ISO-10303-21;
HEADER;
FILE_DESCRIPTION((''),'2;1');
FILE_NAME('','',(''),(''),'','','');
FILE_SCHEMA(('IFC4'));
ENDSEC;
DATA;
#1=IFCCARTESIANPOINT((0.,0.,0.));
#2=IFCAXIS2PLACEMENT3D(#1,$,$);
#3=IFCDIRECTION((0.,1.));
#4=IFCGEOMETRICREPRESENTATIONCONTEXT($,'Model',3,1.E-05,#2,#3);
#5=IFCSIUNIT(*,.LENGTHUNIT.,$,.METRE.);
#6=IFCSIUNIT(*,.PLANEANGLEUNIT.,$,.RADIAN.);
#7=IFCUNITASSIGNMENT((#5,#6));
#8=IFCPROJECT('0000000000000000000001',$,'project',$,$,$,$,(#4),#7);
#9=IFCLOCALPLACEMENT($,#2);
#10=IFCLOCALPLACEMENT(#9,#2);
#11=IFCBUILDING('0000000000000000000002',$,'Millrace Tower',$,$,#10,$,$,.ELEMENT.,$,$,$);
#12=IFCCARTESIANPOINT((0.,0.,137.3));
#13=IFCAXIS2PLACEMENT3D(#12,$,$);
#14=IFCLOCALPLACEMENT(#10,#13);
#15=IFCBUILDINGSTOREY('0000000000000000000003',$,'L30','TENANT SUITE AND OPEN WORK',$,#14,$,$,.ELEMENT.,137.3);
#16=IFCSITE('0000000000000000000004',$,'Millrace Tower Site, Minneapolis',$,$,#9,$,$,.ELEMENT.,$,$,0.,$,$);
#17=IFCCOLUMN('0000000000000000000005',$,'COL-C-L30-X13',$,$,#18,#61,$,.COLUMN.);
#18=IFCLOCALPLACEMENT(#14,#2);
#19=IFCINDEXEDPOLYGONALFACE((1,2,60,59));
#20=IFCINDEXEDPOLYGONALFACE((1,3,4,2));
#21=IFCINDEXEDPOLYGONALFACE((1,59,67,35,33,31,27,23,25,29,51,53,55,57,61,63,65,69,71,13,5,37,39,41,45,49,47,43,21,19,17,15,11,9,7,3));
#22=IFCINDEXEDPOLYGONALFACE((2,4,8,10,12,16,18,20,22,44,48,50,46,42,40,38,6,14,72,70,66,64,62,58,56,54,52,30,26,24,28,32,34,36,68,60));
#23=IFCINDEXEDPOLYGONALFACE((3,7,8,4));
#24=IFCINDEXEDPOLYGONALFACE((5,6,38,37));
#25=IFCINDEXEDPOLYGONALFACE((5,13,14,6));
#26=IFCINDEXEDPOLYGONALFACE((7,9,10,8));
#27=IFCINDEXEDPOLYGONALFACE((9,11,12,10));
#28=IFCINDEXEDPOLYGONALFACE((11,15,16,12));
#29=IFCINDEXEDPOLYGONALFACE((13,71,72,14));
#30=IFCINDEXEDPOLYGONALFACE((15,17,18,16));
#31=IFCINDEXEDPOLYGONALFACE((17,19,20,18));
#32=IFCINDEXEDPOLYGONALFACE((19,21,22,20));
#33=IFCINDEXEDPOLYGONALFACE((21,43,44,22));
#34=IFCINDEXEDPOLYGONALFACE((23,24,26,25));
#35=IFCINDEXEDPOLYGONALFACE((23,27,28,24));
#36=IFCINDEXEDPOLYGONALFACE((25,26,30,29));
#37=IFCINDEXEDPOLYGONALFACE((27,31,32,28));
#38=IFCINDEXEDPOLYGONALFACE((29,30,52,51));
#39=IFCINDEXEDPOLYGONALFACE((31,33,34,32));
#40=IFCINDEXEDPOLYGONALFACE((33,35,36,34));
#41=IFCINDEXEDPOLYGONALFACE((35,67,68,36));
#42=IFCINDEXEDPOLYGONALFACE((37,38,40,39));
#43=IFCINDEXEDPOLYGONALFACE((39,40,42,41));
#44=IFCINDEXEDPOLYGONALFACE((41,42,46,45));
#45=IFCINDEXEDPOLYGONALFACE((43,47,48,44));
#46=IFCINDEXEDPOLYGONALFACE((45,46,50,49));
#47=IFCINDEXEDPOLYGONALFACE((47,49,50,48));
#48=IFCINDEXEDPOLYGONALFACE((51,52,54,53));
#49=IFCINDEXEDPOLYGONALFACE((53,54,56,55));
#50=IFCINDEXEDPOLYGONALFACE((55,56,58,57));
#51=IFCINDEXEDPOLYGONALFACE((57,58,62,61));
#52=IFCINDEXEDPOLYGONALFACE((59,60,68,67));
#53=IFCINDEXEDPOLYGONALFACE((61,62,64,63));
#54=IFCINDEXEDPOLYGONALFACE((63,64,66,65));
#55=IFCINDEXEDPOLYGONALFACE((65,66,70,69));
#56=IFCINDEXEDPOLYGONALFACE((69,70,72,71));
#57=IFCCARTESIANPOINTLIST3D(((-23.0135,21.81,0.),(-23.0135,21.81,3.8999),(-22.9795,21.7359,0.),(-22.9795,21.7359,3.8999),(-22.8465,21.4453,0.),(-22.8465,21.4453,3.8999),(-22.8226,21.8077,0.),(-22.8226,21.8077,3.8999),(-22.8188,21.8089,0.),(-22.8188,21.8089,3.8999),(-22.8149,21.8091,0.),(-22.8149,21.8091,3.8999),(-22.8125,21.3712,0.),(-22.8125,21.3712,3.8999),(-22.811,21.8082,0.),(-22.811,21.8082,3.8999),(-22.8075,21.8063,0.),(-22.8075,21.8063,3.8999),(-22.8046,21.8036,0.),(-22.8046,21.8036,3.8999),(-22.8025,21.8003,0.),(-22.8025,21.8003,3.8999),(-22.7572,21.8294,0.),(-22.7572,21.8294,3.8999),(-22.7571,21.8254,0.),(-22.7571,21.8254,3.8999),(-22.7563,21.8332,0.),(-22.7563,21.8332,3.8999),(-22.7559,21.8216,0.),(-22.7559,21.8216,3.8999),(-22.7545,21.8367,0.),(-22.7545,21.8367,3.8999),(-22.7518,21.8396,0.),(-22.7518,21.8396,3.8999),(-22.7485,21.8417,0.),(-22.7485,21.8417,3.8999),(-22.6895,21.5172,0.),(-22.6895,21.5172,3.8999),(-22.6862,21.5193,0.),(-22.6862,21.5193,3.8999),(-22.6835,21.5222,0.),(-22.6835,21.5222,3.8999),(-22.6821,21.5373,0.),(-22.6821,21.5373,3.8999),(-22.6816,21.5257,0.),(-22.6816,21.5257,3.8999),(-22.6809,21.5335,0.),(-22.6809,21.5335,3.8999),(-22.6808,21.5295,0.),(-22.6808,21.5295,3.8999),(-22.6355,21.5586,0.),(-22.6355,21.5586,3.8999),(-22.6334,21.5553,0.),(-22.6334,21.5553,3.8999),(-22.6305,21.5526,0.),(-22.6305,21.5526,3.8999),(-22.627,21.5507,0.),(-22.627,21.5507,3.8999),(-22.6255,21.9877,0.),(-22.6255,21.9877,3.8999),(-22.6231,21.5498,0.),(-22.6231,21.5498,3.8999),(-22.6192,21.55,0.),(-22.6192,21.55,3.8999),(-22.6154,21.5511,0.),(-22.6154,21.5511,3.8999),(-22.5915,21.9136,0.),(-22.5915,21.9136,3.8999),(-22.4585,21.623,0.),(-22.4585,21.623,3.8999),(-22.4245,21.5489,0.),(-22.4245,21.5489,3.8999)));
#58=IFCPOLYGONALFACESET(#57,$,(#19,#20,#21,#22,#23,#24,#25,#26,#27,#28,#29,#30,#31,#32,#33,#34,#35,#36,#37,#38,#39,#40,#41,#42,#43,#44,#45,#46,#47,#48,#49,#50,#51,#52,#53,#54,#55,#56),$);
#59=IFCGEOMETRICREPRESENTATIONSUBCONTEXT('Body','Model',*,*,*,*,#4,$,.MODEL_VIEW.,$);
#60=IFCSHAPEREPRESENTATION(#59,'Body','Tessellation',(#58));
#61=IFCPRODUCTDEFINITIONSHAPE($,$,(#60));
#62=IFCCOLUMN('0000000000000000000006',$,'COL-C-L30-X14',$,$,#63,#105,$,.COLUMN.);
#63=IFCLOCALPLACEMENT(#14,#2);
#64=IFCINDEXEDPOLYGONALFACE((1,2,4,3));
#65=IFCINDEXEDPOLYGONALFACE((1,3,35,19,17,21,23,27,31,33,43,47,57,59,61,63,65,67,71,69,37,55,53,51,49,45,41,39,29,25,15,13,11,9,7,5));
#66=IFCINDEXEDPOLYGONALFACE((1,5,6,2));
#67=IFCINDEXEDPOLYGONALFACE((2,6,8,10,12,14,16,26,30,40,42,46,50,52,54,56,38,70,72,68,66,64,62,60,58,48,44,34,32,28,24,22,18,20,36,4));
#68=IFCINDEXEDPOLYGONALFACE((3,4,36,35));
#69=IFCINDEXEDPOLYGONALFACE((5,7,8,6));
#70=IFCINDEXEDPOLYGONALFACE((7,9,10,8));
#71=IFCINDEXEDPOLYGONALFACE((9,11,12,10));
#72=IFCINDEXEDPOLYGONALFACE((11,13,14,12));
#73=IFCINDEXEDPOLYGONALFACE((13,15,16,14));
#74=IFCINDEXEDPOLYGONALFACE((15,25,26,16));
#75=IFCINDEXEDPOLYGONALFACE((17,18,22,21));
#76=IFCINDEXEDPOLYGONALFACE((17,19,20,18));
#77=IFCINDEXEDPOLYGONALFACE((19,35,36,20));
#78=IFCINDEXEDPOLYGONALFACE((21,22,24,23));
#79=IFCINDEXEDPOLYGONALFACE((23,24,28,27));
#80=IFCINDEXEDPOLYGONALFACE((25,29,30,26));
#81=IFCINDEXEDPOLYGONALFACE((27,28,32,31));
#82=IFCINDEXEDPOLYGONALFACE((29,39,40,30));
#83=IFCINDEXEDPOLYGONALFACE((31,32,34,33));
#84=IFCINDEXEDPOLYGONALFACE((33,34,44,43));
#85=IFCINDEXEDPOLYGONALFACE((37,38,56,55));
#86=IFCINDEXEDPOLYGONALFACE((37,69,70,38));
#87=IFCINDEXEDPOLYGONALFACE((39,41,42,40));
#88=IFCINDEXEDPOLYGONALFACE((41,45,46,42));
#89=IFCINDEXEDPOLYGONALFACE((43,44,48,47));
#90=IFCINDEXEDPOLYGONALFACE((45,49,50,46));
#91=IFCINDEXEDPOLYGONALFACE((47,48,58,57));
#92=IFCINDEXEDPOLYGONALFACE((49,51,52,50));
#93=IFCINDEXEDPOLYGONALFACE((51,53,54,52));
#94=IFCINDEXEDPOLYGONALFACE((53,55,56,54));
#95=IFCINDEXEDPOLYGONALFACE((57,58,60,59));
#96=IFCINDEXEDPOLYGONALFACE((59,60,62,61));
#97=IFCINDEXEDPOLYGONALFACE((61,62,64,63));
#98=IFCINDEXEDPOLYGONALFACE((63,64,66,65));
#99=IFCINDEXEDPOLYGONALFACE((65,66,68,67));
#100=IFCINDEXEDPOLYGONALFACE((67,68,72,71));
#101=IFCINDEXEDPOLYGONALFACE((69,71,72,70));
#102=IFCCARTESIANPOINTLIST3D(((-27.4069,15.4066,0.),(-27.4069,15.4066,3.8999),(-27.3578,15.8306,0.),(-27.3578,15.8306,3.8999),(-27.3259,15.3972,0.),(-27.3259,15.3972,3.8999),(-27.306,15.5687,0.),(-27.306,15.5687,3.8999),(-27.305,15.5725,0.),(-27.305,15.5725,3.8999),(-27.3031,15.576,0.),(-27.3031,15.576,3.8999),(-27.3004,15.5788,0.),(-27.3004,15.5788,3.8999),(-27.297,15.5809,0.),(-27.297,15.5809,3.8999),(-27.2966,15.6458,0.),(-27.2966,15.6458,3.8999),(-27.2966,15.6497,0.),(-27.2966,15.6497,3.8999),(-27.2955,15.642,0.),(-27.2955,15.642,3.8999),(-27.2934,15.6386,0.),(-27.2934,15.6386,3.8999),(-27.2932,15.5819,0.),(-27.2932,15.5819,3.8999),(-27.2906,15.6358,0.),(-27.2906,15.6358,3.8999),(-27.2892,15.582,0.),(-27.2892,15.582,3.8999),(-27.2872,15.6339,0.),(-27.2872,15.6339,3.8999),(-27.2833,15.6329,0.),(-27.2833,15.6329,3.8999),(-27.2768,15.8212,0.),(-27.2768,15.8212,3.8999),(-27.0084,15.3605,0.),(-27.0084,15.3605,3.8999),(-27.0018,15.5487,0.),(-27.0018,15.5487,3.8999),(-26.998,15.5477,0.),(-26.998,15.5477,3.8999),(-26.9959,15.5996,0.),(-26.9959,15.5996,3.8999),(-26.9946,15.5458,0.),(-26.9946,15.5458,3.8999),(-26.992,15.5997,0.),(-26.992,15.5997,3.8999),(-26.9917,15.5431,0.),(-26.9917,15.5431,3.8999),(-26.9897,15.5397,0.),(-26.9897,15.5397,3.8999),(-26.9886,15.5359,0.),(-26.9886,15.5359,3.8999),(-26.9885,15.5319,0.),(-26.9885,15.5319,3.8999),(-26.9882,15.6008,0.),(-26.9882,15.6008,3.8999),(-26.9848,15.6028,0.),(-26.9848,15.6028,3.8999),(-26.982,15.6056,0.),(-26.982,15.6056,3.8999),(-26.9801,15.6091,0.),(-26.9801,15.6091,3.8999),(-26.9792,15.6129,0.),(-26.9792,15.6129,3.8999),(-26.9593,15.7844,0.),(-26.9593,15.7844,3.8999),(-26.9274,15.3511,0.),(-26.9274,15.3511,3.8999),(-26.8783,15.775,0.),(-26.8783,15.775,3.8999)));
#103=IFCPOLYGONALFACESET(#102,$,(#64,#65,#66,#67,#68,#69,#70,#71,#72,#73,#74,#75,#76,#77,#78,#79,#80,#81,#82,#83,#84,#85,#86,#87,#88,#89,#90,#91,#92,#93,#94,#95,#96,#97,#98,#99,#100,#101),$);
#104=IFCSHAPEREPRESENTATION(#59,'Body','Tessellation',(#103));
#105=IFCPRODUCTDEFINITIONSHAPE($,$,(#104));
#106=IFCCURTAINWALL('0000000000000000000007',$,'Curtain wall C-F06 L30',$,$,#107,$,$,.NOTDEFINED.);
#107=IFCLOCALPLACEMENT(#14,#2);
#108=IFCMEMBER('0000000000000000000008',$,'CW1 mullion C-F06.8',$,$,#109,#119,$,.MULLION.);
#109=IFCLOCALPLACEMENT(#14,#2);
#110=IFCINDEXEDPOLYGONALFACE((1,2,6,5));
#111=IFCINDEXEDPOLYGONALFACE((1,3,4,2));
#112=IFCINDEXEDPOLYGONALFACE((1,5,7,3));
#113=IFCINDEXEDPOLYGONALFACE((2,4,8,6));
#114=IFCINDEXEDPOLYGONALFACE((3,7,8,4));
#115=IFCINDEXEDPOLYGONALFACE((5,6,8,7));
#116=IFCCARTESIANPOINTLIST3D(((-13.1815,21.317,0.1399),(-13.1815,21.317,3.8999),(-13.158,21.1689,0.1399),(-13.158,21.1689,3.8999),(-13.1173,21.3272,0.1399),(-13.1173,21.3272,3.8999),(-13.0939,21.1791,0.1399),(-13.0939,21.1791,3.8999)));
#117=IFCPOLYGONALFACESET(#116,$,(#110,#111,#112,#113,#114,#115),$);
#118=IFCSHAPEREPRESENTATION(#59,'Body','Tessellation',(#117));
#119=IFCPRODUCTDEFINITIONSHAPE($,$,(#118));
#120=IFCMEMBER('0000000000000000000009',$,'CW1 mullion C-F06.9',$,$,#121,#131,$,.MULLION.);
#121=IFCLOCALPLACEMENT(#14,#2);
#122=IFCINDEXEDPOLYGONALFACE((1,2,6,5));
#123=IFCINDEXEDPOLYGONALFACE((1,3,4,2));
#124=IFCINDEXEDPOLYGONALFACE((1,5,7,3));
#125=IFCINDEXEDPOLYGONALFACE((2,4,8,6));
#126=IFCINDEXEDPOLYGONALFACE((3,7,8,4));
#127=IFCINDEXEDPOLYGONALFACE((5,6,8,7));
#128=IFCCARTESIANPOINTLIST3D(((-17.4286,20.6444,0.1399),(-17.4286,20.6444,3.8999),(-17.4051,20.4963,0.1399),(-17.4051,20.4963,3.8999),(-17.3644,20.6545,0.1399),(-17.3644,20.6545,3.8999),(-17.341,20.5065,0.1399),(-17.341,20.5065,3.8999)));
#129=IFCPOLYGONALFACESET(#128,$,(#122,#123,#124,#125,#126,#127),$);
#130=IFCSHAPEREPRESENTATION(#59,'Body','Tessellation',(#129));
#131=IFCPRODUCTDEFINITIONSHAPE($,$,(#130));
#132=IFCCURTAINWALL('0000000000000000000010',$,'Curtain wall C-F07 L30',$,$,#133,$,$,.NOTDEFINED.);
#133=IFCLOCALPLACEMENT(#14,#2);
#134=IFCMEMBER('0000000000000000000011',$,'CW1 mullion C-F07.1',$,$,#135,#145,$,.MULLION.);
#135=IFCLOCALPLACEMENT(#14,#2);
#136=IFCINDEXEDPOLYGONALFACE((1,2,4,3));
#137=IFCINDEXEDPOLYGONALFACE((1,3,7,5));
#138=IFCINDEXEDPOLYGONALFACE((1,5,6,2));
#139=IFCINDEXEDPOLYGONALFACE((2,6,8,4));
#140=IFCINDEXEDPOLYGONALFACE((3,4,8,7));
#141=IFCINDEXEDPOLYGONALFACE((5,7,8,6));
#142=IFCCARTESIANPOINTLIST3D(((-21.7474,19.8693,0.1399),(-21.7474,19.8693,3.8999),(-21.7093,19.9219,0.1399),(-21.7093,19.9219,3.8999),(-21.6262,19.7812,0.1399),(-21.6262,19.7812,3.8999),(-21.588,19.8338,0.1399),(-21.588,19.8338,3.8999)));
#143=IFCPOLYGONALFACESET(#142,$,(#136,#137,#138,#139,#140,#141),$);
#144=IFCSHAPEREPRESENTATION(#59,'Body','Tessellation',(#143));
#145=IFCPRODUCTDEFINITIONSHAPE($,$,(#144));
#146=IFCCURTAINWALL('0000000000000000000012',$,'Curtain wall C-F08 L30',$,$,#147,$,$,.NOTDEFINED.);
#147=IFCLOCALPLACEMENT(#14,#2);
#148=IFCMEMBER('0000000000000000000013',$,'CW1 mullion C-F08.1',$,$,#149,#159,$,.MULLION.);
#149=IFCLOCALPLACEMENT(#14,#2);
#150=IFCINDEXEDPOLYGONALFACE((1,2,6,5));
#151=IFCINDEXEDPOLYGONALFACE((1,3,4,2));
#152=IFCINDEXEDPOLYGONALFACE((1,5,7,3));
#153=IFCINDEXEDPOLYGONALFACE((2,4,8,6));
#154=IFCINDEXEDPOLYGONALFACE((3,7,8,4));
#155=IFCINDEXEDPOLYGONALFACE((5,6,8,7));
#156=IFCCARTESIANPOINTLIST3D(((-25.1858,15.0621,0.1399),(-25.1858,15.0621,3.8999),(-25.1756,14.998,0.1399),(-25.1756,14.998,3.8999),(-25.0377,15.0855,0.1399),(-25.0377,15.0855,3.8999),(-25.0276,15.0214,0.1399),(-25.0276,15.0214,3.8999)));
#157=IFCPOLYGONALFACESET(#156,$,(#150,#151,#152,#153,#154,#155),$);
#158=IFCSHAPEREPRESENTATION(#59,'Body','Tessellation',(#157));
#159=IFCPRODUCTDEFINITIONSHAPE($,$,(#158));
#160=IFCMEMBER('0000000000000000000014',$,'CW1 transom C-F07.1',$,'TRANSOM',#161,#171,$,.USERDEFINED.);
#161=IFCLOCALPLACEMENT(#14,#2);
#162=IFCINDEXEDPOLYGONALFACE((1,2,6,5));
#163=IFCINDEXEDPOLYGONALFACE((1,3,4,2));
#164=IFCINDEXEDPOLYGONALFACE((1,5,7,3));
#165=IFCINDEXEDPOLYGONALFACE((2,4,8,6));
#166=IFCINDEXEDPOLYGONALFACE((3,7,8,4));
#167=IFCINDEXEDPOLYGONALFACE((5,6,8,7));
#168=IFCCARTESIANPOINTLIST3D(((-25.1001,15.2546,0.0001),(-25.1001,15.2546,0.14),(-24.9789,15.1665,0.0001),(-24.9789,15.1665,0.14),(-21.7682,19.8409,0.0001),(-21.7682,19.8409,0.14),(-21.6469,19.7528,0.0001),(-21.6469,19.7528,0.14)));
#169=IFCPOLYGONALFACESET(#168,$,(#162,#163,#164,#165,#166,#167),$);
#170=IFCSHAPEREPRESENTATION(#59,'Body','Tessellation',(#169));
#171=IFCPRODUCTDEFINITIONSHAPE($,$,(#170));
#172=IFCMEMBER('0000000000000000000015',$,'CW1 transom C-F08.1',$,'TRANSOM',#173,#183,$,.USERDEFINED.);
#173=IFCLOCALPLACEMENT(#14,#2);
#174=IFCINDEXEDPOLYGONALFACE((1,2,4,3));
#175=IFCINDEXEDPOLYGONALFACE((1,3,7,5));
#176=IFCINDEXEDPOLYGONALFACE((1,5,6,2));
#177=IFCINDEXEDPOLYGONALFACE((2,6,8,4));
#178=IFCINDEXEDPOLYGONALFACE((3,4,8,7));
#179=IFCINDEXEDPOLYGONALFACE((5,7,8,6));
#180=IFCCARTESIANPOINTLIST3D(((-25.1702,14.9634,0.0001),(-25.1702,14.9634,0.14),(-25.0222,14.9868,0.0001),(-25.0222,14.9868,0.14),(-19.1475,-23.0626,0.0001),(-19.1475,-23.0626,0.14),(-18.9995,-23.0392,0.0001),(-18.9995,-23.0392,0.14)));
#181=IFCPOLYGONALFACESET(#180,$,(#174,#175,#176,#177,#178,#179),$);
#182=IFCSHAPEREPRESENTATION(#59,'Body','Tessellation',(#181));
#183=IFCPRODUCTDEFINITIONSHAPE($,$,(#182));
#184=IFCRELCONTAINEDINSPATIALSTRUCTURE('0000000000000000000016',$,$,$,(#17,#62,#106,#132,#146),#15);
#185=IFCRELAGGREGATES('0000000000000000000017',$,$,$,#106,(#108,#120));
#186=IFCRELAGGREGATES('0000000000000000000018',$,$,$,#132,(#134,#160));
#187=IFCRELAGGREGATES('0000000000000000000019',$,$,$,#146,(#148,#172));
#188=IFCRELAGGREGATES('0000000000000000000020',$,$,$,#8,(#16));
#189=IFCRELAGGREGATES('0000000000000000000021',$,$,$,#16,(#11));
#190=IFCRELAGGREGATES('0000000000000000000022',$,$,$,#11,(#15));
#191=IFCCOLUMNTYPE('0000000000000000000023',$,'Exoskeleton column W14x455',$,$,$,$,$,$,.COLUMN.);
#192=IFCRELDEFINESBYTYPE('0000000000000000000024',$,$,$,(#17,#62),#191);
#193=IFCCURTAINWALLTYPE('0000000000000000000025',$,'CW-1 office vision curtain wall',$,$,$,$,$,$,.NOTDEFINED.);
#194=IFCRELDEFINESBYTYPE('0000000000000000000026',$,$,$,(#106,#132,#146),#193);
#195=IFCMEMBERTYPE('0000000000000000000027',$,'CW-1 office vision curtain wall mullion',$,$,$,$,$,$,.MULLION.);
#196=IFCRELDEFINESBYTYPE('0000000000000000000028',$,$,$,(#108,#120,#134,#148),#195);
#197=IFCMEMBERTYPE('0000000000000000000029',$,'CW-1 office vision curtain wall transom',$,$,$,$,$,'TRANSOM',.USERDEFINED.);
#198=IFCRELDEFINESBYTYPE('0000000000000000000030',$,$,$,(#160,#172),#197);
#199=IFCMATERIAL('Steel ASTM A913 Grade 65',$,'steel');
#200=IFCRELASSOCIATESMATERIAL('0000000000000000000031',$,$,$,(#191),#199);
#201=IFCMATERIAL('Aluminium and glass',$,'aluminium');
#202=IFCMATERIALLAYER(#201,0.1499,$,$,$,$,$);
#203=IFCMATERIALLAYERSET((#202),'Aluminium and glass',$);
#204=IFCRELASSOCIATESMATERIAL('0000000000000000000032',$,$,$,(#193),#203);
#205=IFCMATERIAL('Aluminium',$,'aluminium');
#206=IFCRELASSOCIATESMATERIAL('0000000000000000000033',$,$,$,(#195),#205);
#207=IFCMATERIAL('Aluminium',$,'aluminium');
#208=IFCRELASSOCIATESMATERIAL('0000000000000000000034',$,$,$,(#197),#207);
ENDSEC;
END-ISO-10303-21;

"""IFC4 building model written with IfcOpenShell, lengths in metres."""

from ifc_helpers import new_model, si_unit, direction, frame, origin, origin_2d, place, context, subcontext, project, spatial, rectangle, i_section, extrude, material, layer, layer_set, material_profile, profile_set, type_object, element, aggregate, save


model = new_model("IFC4")

# Units and contexts
model_context = context("Model", 3, precision=1e-05, world=origin(), true_north=direction((0.0, 1.0)))
body_context = subcontext(model_context, "Body", "Model", "MODEL_VIEW")
ifc_project = project(units=[si_unit("LENGTHUNIT", "METRE"), si_unit("PLANEANGLEUNIT", "RADIAN")], contexts=[model_context])

# Site, building, storey
site_placement = place(None, origin())
site = spatial("IfcSite", under=ifc_project, at=site_placement, Name="Millrace Tower Site, Minneapolis", CompositionType="ELEMENT", RefElevation=0.0)
building_placement = place(site_placement, origin())
building = spatial("IfcBuilding", under=site, at=building_placement, Name="Millrace Tower", CompositionType="ELEMENT")
storey_placement = place(building_placement, frame((0.0, 0.0, 137.3)))
storey = spatial("IfcBuildingStorey", under=building, at=storey_placement, Name="L30", Description="TENANT SUITE AND OPEN WORK", CompositionType="ELEMENT", Elevation=137.3)

# Columns
ifc_material_1 = material(Name="Steel ASTM A913 Grade 65", Category="steel")
ifc_material_profile_1 = material_profile(ifc_material_1, i_section(OverallWidth=0.4268, OverallDepth=0.4827, WebThickness=0.0513, FlangeThickness=0.0815, FilletRadius=0.0151, at=origin_2d()))
ifc_profile_set_1 = profile_set([ifc_material_profile_1], Name="Steel ASTM A913 Grade 65")
column_type = type_object("IfcColumnType", Name="Exoskeleton column W14x455", PredefinedType="COLUMN", material=ifc_profile_set_1)
for number, where, z_axis, x_axis, name in (
    (1, (-22.719, 21.6794, 0.0), (0.0, 0.0, 1.0), (-0.909181, -0.416401, 0.0), "COL-C-L30-X13"),
    (2, (-27.1426, 15.5908, 0.0), (0.0, 0.0, 1.0), (-0.115069, -0.993358, 0.0), "COL-C-L30-X14"),
):
    element("IfcColumn", number, at=place(storey_placement, frame(where, z_axis=z_axis, x_axis=x_axis)), inside=storey, type_object=column_type, Name=name, PredefinedType="COLUMN", context=body_context, shape_type="SweptSolid", body=[
        extrude(i_section(OverallWidth=0.4268, OverallDepth=0.4827, WebThickness=0.0513, FlangeThickness=0.0815, FilletRadius=0.0151, at=origin_2d()), origin(), (0.0, 0.0, 1.0), 3.8999),
    ])

# Curtain wall, members
ifc_material_2 = material(Name="Aluminium and glass", Category="aluminium")
ifc_layer_1 = layer(ifc_material_2, 0.1499)
ifc_layer_set_1 = layer_set([ifc_layer_1], Name="Aluminium and glass")
curtain_wall_type = type_object("IfcCurtainWallType", Name="CW-1 office vision curtain wall", PredefinedType="NOTDEFINED", material=ifc_layer_set_1)
placement = place(storey_placement, origin())
curtain_wall_1 = element("IfcCurtainWall", 3, at=placement, inside=storey, type_object=curtain_wall_type, Name="Curtain wall C-F06 L30", PredefinedType="NOTDEFINED")
ifc_material_3 = material(Name="Aluminium", Category="aluminium")
ifc_material_profile_2 = material_profile(ifc_material_3, rectangle(XDim=0.0649, YDim=0.1499, at=origin_2d()))
ifc_profile_set_2 = profile_set([ifc_material_profile_2], Name="Aluminium")
member_type_1 = type_object("IfcMemberType", Name="CW-1 office vision curtain wall mullion", PredefinedType="MULLION", material=ifc_profile_set_2)
member_1_placement = place(storey_placement, frame((-13.1377, 21.248, 0.1399), z_axis=(0.0, 0.0, 1.0), x_axis=(-0.987688, -0.156434, 0.0)))
member_1 = element("IfcMember", 4, at=member_1_placement, type_object=member_type_1, Name="CW1 mullion C-F06.8", PredefinedType="MULLION", context=body_context, shape_type="SweptSolid", body=[
    extrude(rectangle(XDim=0.0649, YDim=0.1499, at=origin_2d()), origin(), (0.0, 0.0, 1.0), 3.76),
])
member_2_placement = place(storey_placement, frame((-17.3848, 20.5754, 0.1399), z_axis=(0.0, 0.0, 1.0), x_axis=(-0.987688, -0.156434, 0.0)))
member_2 = element("IfcMember", 5, at=member_2_placement, type_object=member_type_1, Name="CW1 mullion C-F06.9", PredefinedType="MULLION", context=body_context, shape_type="SweptSolid", body=[
    extrude(rectangle(XDim=0.0649, YDim=0.1499, at=origin_2d()), origin(), (0.0, 0.0, 1.0), 3.76),
])
aggregate(curtain_wall_1, [member_1, member_2])

# Curtain walls, members
curtain_wall_2 = element("IfcCurtainWall", 6, at=placement, inside=storey, type_object=curtain_wall_type, Name="Curtain wall C-F07 L30", PredefinedType="NOTDEFINED")
member_3_placement = place(storey_placement, frame((-21.6677, 19.8516, 0.1399), z_axis=(0.0, 0.0, 1.0), x_axis=(-0.587785, -0.809017, 0.0)))
member_3 = element("IfcMember", 7, at=member_3_placement, type_object=member_type_1, Name="CW1 mullion C-F07.1", PredefinedType="MULLION", context=body_context, shape_type="SweptSolid", body=[
    extrude(rectangle(XDim=0.0649, YDim=0.1499, at=origin_2d()), origin(), (0.0, 0.0, 1.0), 3.76),
])
curtain_wall_3 = element("IfcCurtainWall", 8, at=placement, inside=storey, type_object=curtain_wall_type, Name="Curtain wall C-F08 L30", PredefinedType="NOTDEFINED")
member_4_placement = place(storey_placement, frame((-25.1067, 15.0417, 0.1399), z_axis=(0.0, 0.0, 1.0), x_axis=(0.156434, -0.987688, 0.0)))
member_4 = element("IfcMember", 9, at=member_4_placement, type_object=member_type_1, Name="CW1 mullion C-F08.1", PredefinedType="MULLION", context=body_context, shape_type="SweptSolid", body=[
    extrude(rectangle(XDim=0.0649, YDim=0.1499, at=origin_2d()), origin(), (0.0, 0.0, 1.0), 3.76),
])

# Members
ifc_material_4 = material(Name="Aluminium", Category="aluminium")
ifc_material_profile_3 = material_profile(ifc_material_4, rectangle(XDim=0.1499, YDim=0.1399, at=origin_2d()))
ifc_profile_set_3 = profile_set([ifc_material_profile_3], Name="Aluminium")
member_type_2 = type_object("IfcMemberType", Name="CW-1 office vision curtain wall transom", ElementType="TRANSOM", PredefinedType="USERDEFINED", material=ifc_profile_set_3)
member_5_placement = place(storey_placement, frame((-21.7075, 19.7969, 0.0701), z_axis=(-0.587762, -0.809034, 0.0), x_axis=(0.809034, -0.587762, 0.0)))
member_5 = element("IfcMember", 10, at=member_5_placement, type_object=member_type_2, Name="CW1 transom C-F07.1", ObjectType="TRANSOM", PredefinedType="USERDEFINED", context=body_context, shape_type="SweptSolid", body=[
    extrude(rectangle(XDim=0.1499, YDim=0.1399, at=origin_2d()), origin(), (0.0, 0.0, 1.0), 5.6689),
])
aggregate(curtain_wall_2, [member_3, member_5])
member_6_placement = place(storey_placement, frame((-25.0962, 14.9751, 0.0701), z_axis=(0.156433, -0.987689, 0.0), x_axis=(0.987689, 0.156433, 0.0)))
member_6 = element("IfcMember", 11, at=member_6_placement, type_object=member_type_2, Name="CW1 transom C-F08.1", ObjectType="TRANSOM", PredefinedType="USERDEFINED", context=body_context, shape_type="SweptSolid", body=[
    extrude(rectangle(XDim=0.1499, YDim=0.1399, at=origin_2d()), origin(), (0.0, 0.0, 1.0), 38.5),
])
aggregate(curtain_wall_3, [member_4, member_6])

save(model, "model.ifc")
